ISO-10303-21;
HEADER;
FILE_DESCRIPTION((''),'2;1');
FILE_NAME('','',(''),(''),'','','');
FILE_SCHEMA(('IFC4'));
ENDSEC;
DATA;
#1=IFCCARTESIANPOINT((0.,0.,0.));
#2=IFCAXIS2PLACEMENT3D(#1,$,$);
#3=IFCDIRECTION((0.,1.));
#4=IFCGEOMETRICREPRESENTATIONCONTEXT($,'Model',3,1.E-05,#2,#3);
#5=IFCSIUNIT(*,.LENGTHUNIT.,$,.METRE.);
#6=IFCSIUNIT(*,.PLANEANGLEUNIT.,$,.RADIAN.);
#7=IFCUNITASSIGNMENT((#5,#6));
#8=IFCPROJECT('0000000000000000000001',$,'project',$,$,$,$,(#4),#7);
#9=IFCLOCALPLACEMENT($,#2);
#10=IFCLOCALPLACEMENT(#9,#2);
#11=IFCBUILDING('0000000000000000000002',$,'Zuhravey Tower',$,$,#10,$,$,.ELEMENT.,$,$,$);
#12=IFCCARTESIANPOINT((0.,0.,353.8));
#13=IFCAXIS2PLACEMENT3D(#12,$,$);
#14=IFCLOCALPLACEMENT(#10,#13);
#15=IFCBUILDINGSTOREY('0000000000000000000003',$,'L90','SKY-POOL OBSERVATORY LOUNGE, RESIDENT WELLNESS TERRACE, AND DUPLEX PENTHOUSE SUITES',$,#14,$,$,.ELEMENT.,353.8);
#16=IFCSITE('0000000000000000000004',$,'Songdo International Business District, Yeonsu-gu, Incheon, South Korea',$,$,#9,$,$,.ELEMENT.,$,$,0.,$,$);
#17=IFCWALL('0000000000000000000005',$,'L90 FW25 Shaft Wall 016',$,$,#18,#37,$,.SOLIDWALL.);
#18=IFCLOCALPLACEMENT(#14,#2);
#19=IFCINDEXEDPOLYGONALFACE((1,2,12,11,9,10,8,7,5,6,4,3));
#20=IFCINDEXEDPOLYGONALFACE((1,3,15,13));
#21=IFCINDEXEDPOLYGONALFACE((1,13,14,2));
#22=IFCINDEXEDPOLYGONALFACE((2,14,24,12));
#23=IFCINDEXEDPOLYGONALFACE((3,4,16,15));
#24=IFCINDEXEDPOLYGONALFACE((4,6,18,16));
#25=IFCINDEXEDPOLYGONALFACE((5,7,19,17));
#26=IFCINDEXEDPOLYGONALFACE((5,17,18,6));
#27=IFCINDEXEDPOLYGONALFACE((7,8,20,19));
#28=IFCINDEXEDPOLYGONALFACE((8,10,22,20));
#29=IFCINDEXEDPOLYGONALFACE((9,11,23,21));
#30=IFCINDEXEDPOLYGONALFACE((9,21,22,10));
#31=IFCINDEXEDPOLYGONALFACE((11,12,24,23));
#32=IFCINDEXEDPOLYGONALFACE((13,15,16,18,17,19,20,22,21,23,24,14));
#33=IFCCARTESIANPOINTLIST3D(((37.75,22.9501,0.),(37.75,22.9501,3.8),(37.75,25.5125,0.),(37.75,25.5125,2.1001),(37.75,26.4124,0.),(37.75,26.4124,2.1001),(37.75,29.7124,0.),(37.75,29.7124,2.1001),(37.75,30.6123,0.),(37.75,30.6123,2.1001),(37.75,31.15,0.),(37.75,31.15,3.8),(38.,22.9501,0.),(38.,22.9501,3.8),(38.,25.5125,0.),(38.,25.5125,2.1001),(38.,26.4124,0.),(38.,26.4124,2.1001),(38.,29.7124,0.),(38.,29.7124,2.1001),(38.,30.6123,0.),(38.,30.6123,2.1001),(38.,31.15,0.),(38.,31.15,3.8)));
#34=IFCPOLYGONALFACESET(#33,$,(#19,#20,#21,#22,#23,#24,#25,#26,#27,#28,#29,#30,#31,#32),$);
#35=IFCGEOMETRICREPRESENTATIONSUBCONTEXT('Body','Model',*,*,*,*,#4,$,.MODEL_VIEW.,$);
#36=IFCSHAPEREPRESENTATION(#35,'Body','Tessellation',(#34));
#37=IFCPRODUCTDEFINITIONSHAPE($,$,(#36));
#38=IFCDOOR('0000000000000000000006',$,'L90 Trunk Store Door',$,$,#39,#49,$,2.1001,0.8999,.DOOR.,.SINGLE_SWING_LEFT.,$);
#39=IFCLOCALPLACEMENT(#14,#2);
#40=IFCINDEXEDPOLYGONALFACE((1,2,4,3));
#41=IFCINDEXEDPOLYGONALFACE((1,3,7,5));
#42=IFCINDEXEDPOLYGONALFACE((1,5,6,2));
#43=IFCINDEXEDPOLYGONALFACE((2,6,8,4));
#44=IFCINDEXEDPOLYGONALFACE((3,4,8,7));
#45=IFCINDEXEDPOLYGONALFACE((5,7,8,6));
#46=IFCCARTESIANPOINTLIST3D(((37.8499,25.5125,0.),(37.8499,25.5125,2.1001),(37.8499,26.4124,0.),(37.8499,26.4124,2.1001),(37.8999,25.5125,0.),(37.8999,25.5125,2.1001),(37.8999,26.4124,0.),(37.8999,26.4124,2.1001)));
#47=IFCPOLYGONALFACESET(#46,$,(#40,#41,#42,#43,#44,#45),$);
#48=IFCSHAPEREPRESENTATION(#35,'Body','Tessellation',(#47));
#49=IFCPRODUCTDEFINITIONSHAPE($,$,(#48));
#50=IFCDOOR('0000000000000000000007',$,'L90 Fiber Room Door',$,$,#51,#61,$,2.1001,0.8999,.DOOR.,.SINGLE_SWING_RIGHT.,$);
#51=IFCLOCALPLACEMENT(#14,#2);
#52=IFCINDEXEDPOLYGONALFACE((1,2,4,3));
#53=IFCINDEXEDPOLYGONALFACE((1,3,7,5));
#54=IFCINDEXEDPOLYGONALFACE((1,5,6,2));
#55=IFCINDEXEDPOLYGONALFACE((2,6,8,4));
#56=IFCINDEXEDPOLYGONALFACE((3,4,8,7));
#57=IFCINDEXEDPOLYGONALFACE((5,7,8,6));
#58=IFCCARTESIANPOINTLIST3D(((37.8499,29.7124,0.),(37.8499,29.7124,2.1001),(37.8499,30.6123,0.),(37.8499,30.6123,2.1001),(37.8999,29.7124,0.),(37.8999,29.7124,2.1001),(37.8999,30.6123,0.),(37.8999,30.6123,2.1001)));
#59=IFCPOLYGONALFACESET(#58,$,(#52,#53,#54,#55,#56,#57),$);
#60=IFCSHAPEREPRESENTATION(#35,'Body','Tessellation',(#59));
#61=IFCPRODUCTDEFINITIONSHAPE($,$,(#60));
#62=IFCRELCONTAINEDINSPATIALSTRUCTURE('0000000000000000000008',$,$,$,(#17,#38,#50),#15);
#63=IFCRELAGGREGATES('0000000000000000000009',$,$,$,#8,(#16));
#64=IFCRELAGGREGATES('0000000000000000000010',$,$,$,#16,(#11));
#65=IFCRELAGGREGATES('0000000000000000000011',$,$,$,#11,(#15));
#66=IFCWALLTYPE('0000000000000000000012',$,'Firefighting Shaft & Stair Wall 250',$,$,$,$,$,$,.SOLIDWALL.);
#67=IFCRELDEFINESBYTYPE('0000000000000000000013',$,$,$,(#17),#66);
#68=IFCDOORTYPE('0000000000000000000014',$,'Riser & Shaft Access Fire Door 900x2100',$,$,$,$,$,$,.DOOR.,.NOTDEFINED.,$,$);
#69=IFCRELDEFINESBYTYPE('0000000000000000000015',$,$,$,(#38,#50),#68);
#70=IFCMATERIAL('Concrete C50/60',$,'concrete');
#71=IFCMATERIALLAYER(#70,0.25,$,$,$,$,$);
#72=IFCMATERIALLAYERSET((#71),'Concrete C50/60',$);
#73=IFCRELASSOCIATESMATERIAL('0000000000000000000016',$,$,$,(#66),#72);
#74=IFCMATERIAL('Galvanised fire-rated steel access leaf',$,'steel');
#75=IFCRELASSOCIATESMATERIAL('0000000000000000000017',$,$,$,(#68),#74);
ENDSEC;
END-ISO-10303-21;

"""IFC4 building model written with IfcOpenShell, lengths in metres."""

from ifc_helpers import new_model, si_unit, direction, frame, frame_2d, origin, place, context, subcontext, project, spatial, rectangle, extrude, material, layer, layer_set, type_object, element, fill, save


model = new_model("IFC4")

# Units and contexts
model_context = context("Model", 3, precision=1e-05, world=origin(), true_north=direction((0.0, 1.0)))
body_context = subcontext(model_context, "Body", "Model", "MODEL_VIEW")
ifc_project = project(units=[si_unit("LENGTHUNIT", "METRE"), si_unit("PLANEANGLEUNIT", "RADIAN")], contexts=[model_context])

# Site, building, storey
site_placement = place(None, origin())
site = spatial("IfcSite", under=ifc_project, at=site_placement, Name="Songdo International Business District, Yeonsu-gu, Incheon, South Korea", CompositionType="ELEMENT", RefElevation=0.0)
building_placement = place(site_placement, origin())
building = spatial("IfcBuilding", under=site, at=building_placement, Name="Zuhravey Tower", CompositionType="ELEMENT")
storey_placement = place(building_placement, frame((0.0, 0.0, 353.8)))
storey = spatial("IfcBuildingStorey", under=building, at=storey_placement, Name="L90", Description="SKY-POOL OBSERVATORY LOUNGE, RESIDENT WELLNESS TERRACE, AND DUPLEX PENTHOUSE SUITES", CompositionType="ELEMENT", Elevation=353.8)

# Shared definitions
ifc_material_1 = material(Name="Concrete C50/60", Category="concrete")

# Shared definitions
ifc_layer_1 = layer(ifc_material_1, 0.25)
ifc_layer_set_1 = layer_set([ifc_layer_1], Name="Concrete C50/60")
wall_type_1 = type_object("IfcWallType", Name="Firefighting Shaft & Stair Wall 250", PredefinedType="SOLIDWALL", material=ifc_layer_set_1)

# Shared definitions
ifc_material_2 = material(Name="Galvanised fire-rated steel access leaf", Category="steel")
door_type_1 = type_object("IfcDoorType", Name="Riser & Shaft Access Fire Door 900x2100", OperationType="NOTDEFINED", PredefinedType="DOOR", material=ifc_material_2)

# Wall, openings, doors
wall_1_placement = place(storey_placement, frame((37.875, 22.95, 0.0), z_axis=(0.0, 0.0, 1.0), x_axis=(0.0, 1.0, 0.0)))
wall_1 = element("IfcWall", 1, at=wall_1_placement, inside=storey, type_object=wall_type_1, Name="L90 FW25 Shaft Wall 016", PredefinedType="SOLIDWALL", context=body_context, shape_type="SweptSolid", body=[
    extrude(rectangle(XDim=8.2, YDim=0.25, at=frame_2d((4.1001, 0.0))), origin(), (0.0, 0.0, 1.0), 3.8),
])
opening_1_placement = place(wall_1_placement, frame((2.5625, 0.0, 0.0)))
opening_1 = element("IfcOpeningElement", 2, at=opening_1_placement, cuts=wall_1, PredefinedType="OPENING", context=body_context, shape_type="SweptSolid", body=[
    extrude(rectangle(XDim=0.8999, YDim=2.1001, at=frame_2d((0.45, 1.05))), frame((0.0, 0.137, 0.0), z_axis=(0.0, -1.0, 0.0), x_axis=(1.0, 0.0, 0.0)), (0.0, 0.0, 1.0), 0.2739),
])
opening_2_placement = place(wall_1_placement, frame((6.7625, 0.0, 0.0)))
opening_2 = element("IfcOpeningElement", 3, at=opening_2_placement, cuts=wall_1, PredefinedType="OPENING", context=body_context, shape_type="SweptSolid", body=[
    extrude(rectangle(XDim=0.8999, YDim=2.1001, at=frame_2d((0.45, 1.05))), frame((0.0, 0.137, 0.0), z_axis=(0.0, -1.0, 0.0), x_axis=(1.0, 0.0, 0.0)), (0.0, 0.0, 1.0), 0.2739),
])
door_1_placement = place(opening_1_placement, frame((0.8999, 0.0, 0.0), z_axis=(0.0, 0.0, 1.0), x_axis=(-1.0, 0.0, 0.0)))
door_1 = element("IfcDoor", 4, at=door_1_placement, inside=storey, type_object=door_type_1, Name="L90 Trunk Store Door", OperationType="SINGLE_SWING_LEFT", OverallHeight=2.1001, OverallWidth=0.8999, PredefinedType="DOOR", context=body_context, shape_type="SweptSolid", body=[
    extrude(rectangle(XDim=0.8999, YDim=2.1001, at=frame_2d((0.45, 1.05))), frame((0.0, 0.0249, 0.0), z_axis=(0.0, -1.0, 0.0), x_axis=(1.0, 0.0, 0.0)), (0.0, 0.0, 1.0), 0.05),
])
fill(opening_1, door_1)
door_2_placement = place(opening_2_placement, frame((0.8999, 0.0, 0.0), z_axis=(0.0, 0.0, 1.0), x_axis=(-1.0, 0.0, 0.0)))
door_2 = element("IfcDoor", 5, at=door_2_placement, inside=storey, type_object=door_type_1, Name="L90 Fiber Room Door", OperationType="SINGLE_SWING_RIGHT", OverallHeight=2.1001, OverallWidth=0.8999, PredefinedType="DOOR", context=body_context, shape_type="SweptSolid", body=[
    extrude(rectangle(XDim=0.8999, YDim=2.1001, at=frame_2d((0.45, 1.05))), frame((0.0, 0.0249, 0.0), z_axis=(0.0, -1.0, 0.0), x_axis=(1.0, 0.0, 0.0)), (0.0, 0.0, 1.0), 0.05),
])
fill(opening_2, door_2)

save(model, "model.ifc")
